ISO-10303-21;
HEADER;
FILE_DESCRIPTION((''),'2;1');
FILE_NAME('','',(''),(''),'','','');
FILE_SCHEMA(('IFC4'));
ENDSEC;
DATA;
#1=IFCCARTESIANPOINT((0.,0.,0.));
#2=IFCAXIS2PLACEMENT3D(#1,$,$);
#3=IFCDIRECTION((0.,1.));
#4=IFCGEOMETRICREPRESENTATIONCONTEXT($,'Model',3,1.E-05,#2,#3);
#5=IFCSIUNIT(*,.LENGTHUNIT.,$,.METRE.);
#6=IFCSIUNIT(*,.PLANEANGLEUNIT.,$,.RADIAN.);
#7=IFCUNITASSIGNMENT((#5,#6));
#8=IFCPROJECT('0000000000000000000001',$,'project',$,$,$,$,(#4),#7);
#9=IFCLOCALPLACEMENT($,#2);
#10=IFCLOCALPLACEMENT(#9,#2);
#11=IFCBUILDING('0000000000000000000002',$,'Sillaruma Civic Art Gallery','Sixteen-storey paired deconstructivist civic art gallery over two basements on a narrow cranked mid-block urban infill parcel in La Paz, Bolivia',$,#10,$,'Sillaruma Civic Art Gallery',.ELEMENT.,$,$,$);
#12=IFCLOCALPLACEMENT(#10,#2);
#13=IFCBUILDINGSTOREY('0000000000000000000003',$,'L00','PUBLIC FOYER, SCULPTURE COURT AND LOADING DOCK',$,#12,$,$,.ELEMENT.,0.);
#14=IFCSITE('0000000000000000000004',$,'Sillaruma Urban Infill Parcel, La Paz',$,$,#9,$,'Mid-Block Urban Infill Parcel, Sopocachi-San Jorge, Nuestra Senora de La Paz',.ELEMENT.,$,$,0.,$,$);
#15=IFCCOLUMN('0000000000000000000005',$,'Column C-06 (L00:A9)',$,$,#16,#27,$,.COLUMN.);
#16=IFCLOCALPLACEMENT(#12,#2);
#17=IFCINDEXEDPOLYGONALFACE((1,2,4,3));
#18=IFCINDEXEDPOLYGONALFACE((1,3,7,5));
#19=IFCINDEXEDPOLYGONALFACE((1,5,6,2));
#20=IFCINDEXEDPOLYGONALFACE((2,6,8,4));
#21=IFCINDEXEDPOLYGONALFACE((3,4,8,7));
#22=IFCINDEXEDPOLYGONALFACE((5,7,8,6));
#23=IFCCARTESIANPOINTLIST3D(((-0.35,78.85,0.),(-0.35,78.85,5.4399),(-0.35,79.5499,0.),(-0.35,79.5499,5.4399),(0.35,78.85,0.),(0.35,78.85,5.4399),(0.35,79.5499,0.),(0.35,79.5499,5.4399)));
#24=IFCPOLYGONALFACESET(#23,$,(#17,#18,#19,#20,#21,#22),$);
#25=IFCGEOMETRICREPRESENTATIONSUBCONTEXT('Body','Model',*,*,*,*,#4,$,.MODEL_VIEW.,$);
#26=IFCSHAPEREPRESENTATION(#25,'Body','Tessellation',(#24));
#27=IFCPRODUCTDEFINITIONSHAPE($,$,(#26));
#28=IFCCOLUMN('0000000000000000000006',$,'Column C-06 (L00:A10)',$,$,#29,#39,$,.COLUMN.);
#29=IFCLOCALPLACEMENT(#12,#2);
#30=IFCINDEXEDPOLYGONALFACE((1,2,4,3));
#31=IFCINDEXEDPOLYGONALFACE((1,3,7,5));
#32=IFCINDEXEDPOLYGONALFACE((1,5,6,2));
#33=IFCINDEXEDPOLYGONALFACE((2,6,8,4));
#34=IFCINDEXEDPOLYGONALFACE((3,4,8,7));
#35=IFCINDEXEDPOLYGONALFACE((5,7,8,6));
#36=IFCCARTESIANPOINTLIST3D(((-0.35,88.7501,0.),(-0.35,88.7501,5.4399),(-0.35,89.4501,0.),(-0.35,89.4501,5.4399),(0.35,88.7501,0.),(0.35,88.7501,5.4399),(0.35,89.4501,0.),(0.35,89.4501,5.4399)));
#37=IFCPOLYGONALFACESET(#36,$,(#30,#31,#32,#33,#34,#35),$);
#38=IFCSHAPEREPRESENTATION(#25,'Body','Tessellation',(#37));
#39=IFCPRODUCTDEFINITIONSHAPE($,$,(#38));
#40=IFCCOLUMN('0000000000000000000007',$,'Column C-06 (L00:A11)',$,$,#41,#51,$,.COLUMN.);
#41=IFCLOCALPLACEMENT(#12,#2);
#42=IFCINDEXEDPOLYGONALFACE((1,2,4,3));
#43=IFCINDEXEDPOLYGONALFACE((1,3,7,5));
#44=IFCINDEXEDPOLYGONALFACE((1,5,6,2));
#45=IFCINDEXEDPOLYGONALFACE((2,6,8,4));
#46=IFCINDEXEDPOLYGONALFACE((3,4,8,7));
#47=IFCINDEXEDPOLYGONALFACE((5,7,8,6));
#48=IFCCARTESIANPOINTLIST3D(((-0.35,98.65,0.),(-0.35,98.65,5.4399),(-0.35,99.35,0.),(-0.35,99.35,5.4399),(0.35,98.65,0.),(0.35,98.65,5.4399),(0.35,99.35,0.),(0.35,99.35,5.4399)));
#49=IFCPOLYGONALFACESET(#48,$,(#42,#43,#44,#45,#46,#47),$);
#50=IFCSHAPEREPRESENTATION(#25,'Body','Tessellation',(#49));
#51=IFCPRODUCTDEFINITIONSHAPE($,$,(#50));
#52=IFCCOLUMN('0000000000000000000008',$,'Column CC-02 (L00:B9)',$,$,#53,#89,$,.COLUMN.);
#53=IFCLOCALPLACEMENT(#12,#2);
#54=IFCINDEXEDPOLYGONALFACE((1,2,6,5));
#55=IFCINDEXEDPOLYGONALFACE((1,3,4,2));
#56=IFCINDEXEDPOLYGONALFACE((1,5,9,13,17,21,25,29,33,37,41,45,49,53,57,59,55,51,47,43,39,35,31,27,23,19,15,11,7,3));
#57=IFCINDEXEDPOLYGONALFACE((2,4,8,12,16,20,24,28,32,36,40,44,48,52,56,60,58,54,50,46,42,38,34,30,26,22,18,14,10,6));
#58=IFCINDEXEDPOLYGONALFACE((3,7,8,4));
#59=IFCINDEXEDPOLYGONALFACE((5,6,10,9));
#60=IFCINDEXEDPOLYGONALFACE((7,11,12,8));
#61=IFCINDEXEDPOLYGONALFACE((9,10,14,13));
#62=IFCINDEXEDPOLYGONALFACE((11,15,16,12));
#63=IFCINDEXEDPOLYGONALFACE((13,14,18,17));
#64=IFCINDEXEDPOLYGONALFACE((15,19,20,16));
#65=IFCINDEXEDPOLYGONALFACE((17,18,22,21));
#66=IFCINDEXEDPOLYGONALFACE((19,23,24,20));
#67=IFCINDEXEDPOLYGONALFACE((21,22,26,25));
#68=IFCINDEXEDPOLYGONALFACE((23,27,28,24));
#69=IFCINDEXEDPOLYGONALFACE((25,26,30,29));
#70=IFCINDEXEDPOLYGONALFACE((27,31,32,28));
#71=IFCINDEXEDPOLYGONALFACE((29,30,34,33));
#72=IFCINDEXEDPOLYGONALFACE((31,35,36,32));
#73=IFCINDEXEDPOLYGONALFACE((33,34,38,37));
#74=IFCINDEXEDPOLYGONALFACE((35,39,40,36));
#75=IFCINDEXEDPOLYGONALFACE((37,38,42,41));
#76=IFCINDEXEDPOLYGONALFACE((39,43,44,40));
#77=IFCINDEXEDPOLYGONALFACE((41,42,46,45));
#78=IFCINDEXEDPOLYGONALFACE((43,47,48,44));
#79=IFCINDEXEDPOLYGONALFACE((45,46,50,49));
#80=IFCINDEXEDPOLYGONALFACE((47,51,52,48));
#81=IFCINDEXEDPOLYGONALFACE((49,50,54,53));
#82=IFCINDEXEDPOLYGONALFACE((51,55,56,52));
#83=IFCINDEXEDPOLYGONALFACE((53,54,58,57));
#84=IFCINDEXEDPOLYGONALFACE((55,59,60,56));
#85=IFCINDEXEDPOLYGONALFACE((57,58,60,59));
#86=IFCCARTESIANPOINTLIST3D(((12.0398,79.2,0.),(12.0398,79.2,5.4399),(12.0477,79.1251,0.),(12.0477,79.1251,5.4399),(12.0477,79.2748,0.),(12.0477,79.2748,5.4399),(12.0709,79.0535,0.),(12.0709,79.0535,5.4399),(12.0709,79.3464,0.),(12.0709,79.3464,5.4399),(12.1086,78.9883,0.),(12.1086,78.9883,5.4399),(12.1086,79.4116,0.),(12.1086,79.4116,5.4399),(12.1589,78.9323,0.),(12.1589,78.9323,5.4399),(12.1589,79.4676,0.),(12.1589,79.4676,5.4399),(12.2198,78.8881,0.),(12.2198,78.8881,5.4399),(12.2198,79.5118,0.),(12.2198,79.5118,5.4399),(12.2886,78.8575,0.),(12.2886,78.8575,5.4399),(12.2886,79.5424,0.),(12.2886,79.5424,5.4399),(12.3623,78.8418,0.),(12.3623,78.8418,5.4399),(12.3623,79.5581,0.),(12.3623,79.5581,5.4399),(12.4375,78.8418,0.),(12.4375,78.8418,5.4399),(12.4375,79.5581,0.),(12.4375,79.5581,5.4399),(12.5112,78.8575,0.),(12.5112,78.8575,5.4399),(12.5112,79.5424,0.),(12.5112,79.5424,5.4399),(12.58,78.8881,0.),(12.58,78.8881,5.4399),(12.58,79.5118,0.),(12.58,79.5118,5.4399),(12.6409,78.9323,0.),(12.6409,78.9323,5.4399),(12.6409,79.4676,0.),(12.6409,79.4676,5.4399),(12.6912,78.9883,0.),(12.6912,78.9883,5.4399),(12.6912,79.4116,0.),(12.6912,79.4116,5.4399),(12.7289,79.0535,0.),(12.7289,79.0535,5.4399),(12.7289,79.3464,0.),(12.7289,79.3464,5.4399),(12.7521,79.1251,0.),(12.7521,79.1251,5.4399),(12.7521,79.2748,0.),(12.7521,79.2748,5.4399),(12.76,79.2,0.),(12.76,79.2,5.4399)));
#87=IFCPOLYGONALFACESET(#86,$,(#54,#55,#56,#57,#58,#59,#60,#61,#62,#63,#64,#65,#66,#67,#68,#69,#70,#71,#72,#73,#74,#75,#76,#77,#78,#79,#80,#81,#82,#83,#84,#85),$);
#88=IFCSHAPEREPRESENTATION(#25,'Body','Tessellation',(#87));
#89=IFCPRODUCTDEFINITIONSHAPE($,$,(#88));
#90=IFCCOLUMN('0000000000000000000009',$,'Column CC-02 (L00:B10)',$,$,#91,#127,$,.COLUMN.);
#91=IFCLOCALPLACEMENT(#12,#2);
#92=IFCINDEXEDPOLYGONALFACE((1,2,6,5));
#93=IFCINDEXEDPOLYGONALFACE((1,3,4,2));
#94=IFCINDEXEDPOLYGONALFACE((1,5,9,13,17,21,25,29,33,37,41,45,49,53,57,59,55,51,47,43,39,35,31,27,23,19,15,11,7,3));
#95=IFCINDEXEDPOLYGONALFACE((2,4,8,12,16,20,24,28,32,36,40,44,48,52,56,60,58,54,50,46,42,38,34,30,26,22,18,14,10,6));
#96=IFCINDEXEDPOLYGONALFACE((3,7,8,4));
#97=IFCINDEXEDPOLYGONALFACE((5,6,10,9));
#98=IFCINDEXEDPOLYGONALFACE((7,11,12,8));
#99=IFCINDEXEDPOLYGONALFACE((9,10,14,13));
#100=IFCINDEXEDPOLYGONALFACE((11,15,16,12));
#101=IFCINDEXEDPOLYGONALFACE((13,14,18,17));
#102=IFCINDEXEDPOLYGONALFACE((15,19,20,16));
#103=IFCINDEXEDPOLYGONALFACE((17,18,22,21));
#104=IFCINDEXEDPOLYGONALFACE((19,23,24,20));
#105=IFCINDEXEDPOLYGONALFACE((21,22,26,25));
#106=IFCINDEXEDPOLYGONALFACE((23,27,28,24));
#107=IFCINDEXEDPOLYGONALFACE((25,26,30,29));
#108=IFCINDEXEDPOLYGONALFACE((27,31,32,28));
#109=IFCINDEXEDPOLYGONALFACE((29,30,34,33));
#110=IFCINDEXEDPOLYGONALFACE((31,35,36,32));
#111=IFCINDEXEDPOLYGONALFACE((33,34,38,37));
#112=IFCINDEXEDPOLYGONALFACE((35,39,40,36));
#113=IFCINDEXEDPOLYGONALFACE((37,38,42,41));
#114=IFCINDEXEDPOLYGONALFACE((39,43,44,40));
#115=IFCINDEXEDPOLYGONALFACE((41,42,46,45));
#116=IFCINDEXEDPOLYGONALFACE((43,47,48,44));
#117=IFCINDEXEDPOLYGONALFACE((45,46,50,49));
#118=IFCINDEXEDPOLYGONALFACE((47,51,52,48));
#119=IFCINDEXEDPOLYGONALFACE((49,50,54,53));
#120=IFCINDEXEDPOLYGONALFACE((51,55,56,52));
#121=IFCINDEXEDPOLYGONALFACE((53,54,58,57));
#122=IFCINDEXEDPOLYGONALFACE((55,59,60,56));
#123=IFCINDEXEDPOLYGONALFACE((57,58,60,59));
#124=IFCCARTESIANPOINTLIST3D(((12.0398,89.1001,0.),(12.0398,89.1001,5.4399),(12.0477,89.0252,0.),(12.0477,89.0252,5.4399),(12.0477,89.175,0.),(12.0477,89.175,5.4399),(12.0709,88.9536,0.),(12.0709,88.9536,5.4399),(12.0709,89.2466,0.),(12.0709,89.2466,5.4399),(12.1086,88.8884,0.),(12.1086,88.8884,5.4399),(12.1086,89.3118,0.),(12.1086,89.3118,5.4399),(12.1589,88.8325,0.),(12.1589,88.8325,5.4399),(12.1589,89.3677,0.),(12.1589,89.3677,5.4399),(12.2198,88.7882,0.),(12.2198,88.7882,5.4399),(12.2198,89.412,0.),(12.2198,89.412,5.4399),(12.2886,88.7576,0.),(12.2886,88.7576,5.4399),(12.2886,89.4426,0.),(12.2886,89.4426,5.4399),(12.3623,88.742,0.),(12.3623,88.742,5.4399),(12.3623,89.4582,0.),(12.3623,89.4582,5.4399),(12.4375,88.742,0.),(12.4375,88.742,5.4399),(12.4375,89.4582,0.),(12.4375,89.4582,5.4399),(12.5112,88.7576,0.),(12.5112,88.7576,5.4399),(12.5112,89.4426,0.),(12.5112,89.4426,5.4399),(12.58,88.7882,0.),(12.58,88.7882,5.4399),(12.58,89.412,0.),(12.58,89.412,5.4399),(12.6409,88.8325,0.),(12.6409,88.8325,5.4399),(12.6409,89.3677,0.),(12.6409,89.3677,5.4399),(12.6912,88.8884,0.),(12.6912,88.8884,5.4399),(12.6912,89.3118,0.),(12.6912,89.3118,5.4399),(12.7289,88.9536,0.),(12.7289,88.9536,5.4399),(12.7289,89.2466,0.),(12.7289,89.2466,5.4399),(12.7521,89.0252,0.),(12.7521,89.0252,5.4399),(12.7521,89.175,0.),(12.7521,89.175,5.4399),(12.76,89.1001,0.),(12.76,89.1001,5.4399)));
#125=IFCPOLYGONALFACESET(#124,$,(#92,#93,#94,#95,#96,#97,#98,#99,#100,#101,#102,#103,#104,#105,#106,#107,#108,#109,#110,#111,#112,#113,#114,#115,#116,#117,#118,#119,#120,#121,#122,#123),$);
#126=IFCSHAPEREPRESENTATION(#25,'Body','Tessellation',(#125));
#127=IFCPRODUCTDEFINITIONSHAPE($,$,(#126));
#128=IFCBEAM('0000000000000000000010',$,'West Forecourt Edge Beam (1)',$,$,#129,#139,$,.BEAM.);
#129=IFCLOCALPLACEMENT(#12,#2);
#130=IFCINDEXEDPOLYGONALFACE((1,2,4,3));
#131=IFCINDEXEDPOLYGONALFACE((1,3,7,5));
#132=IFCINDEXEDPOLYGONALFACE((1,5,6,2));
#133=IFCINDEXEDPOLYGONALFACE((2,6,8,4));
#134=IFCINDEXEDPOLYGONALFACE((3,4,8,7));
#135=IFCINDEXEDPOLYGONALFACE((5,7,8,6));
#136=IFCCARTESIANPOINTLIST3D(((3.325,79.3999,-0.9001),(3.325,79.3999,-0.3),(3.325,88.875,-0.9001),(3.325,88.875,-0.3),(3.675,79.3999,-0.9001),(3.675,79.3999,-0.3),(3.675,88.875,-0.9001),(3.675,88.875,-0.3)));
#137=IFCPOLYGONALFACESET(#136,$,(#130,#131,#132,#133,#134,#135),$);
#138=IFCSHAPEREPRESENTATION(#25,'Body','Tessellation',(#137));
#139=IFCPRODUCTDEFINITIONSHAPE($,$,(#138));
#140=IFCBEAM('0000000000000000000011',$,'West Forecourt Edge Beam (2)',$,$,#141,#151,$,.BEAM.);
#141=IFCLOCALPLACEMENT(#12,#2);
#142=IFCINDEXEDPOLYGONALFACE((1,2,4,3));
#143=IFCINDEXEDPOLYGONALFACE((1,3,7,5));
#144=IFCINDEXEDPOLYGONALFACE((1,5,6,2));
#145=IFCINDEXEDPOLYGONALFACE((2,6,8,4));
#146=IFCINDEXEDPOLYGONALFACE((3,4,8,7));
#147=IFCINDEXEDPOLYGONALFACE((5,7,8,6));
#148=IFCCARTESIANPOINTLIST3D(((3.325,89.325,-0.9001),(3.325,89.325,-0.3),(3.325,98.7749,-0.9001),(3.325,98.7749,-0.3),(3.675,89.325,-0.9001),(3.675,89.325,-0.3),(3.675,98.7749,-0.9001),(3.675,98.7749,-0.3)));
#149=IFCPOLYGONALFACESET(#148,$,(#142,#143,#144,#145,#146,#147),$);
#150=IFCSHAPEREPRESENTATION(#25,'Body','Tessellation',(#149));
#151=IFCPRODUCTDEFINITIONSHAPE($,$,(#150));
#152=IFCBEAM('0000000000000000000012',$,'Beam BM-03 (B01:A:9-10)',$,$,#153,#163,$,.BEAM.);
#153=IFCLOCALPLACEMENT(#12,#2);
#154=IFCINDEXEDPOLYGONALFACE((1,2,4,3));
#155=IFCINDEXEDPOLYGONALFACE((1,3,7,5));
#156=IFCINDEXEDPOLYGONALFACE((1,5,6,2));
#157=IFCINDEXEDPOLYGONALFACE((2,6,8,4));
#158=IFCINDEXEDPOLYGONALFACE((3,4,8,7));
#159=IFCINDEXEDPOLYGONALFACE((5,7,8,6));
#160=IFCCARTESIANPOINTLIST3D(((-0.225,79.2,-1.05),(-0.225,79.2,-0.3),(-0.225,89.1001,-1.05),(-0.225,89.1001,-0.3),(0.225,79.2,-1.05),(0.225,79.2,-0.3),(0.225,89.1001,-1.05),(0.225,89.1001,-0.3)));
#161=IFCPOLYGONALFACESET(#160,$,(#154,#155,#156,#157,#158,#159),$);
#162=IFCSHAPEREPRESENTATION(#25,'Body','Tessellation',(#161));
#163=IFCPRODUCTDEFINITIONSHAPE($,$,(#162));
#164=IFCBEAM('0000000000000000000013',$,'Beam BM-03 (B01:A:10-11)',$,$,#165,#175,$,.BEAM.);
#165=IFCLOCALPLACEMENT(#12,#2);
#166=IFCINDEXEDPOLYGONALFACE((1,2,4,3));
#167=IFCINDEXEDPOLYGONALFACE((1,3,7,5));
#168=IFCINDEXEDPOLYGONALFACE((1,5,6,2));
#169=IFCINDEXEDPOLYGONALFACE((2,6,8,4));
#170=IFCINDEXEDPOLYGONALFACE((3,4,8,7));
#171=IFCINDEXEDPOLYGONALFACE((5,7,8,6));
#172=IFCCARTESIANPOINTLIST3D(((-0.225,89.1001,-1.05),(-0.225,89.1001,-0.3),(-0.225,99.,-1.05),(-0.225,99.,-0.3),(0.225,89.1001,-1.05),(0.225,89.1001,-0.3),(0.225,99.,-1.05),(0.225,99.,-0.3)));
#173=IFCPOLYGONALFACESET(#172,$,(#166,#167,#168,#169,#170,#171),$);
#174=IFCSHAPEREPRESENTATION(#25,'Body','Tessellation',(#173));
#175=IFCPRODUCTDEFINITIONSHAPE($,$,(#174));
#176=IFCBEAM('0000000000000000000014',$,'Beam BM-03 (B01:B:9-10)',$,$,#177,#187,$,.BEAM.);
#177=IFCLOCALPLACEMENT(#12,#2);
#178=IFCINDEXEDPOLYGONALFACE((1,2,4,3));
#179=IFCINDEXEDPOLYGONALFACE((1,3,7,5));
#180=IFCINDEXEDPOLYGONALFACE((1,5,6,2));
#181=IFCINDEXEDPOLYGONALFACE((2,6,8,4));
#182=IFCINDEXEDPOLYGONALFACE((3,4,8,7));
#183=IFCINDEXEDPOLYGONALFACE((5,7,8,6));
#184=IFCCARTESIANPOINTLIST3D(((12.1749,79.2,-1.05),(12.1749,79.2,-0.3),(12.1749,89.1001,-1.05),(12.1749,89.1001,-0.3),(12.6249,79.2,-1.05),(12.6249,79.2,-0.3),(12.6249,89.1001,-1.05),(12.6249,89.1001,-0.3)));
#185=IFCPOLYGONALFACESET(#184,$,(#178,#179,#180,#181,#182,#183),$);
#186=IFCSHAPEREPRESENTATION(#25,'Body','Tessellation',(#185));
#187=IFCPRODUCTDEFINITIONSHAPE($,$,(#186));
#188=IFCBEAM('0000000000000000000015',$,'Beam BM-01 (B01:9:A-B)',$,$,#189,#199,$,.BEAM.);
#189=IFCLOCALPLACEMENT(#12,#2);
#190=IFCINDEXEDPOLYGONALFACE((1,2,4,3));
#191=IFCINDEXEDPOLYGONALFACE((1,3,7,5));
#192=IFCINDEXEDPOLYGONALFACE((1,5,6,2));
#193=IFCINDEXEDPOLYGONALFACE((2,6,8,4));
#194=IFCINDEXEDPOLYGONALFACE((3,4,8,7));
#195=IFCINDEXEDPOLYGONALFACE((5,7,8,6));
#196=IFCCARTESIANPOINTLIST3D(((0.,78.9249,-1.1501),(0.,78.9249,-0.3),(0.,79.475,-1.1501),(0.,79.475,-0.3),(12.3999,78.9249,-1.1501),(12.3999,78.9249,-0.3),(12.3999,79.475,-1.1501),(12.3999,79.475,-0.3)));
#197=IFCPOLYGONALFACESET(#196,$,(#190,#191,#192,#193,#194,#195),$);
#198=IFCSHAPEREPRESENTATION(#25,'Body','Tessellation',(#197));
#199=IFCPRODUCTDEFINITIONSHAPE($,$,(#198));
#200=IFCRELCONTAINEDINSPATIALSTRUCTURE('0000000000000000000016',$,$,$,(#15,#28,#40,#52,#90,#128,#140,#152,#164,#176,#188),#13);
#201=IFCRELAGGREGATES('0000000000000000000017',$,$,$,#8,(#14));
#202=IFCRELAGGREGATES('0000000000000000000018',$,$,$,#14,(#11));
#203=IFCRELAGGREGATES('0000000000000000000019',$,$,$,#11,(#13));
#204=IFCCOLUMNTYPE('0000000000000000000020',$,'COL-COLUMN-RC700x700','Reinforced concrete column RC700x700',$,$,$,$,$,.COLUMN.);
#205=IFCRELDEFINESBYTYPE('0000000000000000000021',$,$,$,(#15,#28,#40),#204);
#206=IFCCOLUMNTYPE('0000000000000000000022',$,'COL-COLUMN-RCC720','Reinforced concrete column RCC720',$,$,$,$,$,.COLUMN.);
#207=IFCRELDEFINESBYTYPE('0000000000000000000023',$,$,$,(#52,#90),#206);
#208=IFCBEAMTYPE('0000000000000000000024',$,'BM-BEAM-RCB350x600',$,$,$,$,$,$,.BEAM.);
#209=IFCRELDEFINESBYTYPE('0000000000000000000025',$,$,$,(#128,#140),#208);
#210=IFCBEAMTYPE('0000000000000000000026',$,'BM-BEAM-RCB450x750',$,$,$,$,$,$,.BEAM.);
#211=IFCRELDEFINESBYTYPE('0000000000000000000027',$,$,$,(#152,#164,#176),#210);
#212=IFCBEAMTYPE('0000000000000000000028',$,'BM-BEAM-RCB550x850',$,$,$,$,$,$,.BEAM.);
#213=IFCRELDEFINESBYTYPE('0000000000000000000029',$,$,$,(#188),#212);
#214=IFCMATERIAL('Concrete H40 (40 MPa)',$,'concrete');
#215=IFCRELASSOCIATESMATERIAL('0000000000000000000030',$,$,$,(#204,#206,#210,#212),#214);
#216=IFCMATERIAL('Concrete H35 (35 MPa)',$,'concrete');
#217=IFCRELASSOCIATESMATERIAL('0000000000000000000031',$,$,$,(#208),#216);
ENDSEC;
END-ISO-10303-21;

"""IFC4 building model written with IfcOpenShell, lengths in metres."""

from ifc_helpers import new_model, si_unit, direction, frame, origin, origin_2d, place, context, subcontext, project, spatial, rectangle, circle, extrude, material, material_profile, profile_set, type_object, element, save


model = new_model("IFC4")

# Units and contexts
model_context = context("Model", 3, precision=1e-05, world=origin(), true_north=direction((0.0, 1.0)))
body_context = subcontext(model_context, "Body", "Model", "MODEL_VIEW")
ifc_project = project(units=[si_unit("LENGTHUNIT", "METRE"), si_unit("PLANEANGLEUNIT", "RADIAN")], contexts=[model_context])

# Site, building, storey
site_placement = place(None, origin())
site = spatial("IfcSite", under=ifc_project, at=site_placement, Name="Sillaruma Urban Infill Parcel, La Paz", LongName="Mid-Block Urban Infill Parcel, Sopocachi-San Jorge, Nuestra Senora de La Paz", CompositionType="ELEMENT", RefElevation=0.0)
building_placement = place(site_placement, origin())
building = spatial("IfcBuilding", under=site, at=building_placement, Name="Sillaruma Civic Art Gallery", Description="Sixteen-storey paired deconstructivist civic art gallery over two basements on a narrow cranked mid-block urban infill parcel in La Paz, Bolivia", LongName="Sillaruma Civic Art Gallery", CompositionType="ELEMENT")
storey_placement = place(building_placement, origin())
storey = spatial("IfcBuildingStorey", under=building, at=storey_placement, Name="L00", Description="PUBLIC FOYER, SCULPTURE COURT AND LOADING DOCK", CompositionType="ELEMENT", Elevation=0.0)

# Columns
ifc_material_1 = material(Name="Concrete H40 (40 MPa)", Category="concrete")
ifc_material_profile_1 = material_profile(ifc_material_1, rectangle(XDim=0.7, YDim=0.7, at=origin_2d()), Name="RC700x700")
ifc_profile_set_1 = profile_set([ifc_material_profile_1], Name="Concrete H40 (40 MPa)")
column_type_1 = type_object("IfcColumnType", Name="COL-COLUMN-RC700x700", Description="Reinforced concrete column RC700x700", PredefinedType="COLUMN", material=ifc_profile_set_1)
for number, where, z_axis, x_axis, name in (
    (1, (0.0, 79.2, 0.0), (0.0, 0.0, 1.0), (1.0, 0.0, 0.0), "Column C-06 (L00:A9)"),
    (2, (0.0, 89.1001, 0.0), (0.0, 0.0, 1.0), (1.0, 0.0, 0.0), "Column C-06 (L00:A10)"),
    (3, (0.0, 99.0, 0.0), (0.0, 0.0, 1.0), (1.0, 0.0, 0.0), "Column C-06 (L00:A11)"),
):
    element("IfcColumn", number, at=place(storey_placement, frame(where, z_axis=z_axis, x_axis=x_axis)), inside=storey, type_object=column_type_1, Name=name, PredefinedType="COLUMN", context=body_context, shape_type="SweptSolid", body=[
        extrude(rectangle(XDim=0.7, YDim=0.7, at=origin_2d()), origin(), (0.0, 0.0, 1.0), 5.4399),
    ])
ifc_material_profile_2 = material_profile(ifc_material_1, circle(Radius=0.3601, at=origin_2d()), Name="RCC720")
ifc_profile_set_2 = profile_set([ifc_material_profile_2], Name="Concrete H40 (40 MPa)")
column_type_2 = type_object("IfcColumnType", Name="COL-COLUMN-RCC720", Description="Reinforced concrete column RCC720", PredefinedType="COLUMN", material=ifc_profile_set_2)
for number, where, z_axis, x_axis, name in (
    (4, (12.3999, 79.2, 0.0), (0.0, 0.0, 1.0), (1.0, 0.0, 0.0), "Column CC-02 (L00:B9)"),
    (5, (12.3999, 89.1001, 0.0), (0.0, 0.0, 1.0), (1.0, 0.0, 0.0), "Column CC-02 (L00:B10)"),
):
    element("IfcColumn", number, at=place(storey_placement, frame(where, z_axis=z_axis, x_axis=x_axis)), inside=storey, type_object=column_type_2, Name=name, PredefinedType="COLUMN", context=body_context, shape_type="SweptSolid", body=[
        extrude(circle(Radius=0.3601, at=origin_2d()), origin(), (0.0, 0.0, 1.0), 5.4399),
    ])

# Beams
ifc_material_2 = material(Name="Concrete H35 (35 MPa)", Category="concrete")
ifc_material_profile_3 = material_profile(ifc_material_2, rectangle(XDim=0.3501, YDim=0.6001, at=origin_2d()), Name="RCB350x600")
ifc_profile_set_3 = profile_set([ifc_material_profile_3], Name="Concrete H35 (35 MPa)")
beam_type_1 = type_object("IfcBeamType", Name="BM-BEAM-RCB350x600", PredefinedType="BEAM", material=ifc_profile_set_3)
beam_1_placement = place(storey_placement, frame((3.5, 79.3999, -0.6001), z_axis=(0.0, 1.0, 0.0), x_axis=(-1.0, 0.0, 0.0)))
element("IfcBeam", 6, at=beam_1_placement, inside=storey, type_object=beam_type_1, Name="West Forecourt Edge Beam (1)", PredefinedType="BEAM", context=body_context, shape_type="SweptSolid", body=[
    extrude(rectangle(XDim=0.3501, YDim=0.6001, at=origin_2d()), origin(), (0.0, 0.0, 1.0), 9.4751),
])
beam_2_placement = place(storey_placement, frame((3.5, 89.325, -0.6001), z_axis=(0.0, 1.0, 0.0), x_axis=(-1.0, 0.0, 0.0)))
element("IfcBeam", 7, at=beam_2_placement, inside=storey, type_object=beam_type_1, Name="West Forecourt Edge Beam (2)", PredefinedType="BEAM", context=body_context, shape_type="SweptSolid", body=[
    extrude(rectangle(XDim=0.3501, YDim=0.6001, at=origin_2d()), origin(), (0.0, 0.0, 1.0), 9.45),
])
ifc_material_profile_4 = material_profile(ifc_material_1, rectangle(XDim=0.45, YDim=0.75, at=origin_2d()), Name="RCB450x750")
ifc_profile_set_4 = profile_set([ifc_material_profile_4], Name="Concrete H40 (40 MPa)")
beam_type_2 = type_object("IfcBeamType", Name="BM-BEAM-RCB450x750", PredefinedType="BEAM", material=ifc_profile_set_4)
beam_3_placement = place(storey_placement, frame((0.0, 79.2, -0.675), z_axis=(0.0, 1.0, 0.0), x_axis=(-1.0, 0.0, 0.0)))
element("IfcBeam", 8, at=beam_3_placement, inside=storey, type_object=beam_type_2, Name="Beam BM-03 (B01:A:9-10)", PredefinedType="BEAM", context=body_context, shape_type="SweptSolid", body=[
    extrude(rectangle(XDim=0.45, YDim=0.75, at=origin_2d()), origin(), (0.0, 0.0, 1.0), 9.9001),
])
beam_4_placement = place(storey_placement, frame((0.0, 89.1001, -0.675), z_axis=(0.0, 1.0, 0.0), x_axis=(-1.0, 0.0, 0.0)))
element("IfcBeam", 9, at=beam_4_placement, inside=storey, type_object=beam_type_2, Name="Beam BM-03 (B01:A:10-11)", PredefinedType="BEAM", context=body_context, shape_type="SweptSolid", body=[
    extrude(rectangle(XDim=0.45, YDim=0.75, at=origin_2d()), origin(), (0.0, 0.0, 1.0), 9.8999),
])
beam_5_placement = place(storey_placement, frame((12.3999, 79.2, -0.675), z_axis=(0.0, 1.0, 0.0), x_axis=(-1.0, 0.0, 0.0)))
element("IfcBeam", 10, at=beam_5_placement, inside=storey, type_object=beam_type_2, Name="Beam BM-03 (B01:B:9-10)", PredefinedType="BEAM", context=body_context, shape_type="SweptSolid", body=[
    extrude(rectangle(XDim=0.45, YDim=0.75, at=origin_2d()), origin(), (0.0, 0.0, 1.0), 9.9001),
])
ifc_material_profile_5 = material_profile(ifc_material_1, rectangle(XDim=0.55, YDim=0.8501, at=origin_2d()), Name="RCB550x850")
ifc_profile_set_5 = profile_set([ifc_material_profile_5], Name="Concrete H40 (40 MPa)")
beam_type_3 = type_object("IfcBeamType", Name="BM-BEAM-RCB550x850", PredefinedType="BEAM", material=ifc_profile_set_5)
beam_6_placement = place(storey_placement, frame((0.0, 79.2, -0.7251), z_axis=(1.0, 0.0, 0.0), x_axis=(0.0, 1.0, 0.0)))
element("IfcBeam", 11, at=beam_6_placement, inside=storey, type_object=beam_type_3, Name="Beam BM-01 (B01:9:A-B)", PredefinedType="BEAM", context=body_context, shape_type="SweptSolid", body=[
    extrude(rectangle(XDim=0.55, YDim=0.8501, at=origin_2d()), origin(), (0.0, 0.0, 1.0), 12.3999),
])

save(model, "model.ifc")
